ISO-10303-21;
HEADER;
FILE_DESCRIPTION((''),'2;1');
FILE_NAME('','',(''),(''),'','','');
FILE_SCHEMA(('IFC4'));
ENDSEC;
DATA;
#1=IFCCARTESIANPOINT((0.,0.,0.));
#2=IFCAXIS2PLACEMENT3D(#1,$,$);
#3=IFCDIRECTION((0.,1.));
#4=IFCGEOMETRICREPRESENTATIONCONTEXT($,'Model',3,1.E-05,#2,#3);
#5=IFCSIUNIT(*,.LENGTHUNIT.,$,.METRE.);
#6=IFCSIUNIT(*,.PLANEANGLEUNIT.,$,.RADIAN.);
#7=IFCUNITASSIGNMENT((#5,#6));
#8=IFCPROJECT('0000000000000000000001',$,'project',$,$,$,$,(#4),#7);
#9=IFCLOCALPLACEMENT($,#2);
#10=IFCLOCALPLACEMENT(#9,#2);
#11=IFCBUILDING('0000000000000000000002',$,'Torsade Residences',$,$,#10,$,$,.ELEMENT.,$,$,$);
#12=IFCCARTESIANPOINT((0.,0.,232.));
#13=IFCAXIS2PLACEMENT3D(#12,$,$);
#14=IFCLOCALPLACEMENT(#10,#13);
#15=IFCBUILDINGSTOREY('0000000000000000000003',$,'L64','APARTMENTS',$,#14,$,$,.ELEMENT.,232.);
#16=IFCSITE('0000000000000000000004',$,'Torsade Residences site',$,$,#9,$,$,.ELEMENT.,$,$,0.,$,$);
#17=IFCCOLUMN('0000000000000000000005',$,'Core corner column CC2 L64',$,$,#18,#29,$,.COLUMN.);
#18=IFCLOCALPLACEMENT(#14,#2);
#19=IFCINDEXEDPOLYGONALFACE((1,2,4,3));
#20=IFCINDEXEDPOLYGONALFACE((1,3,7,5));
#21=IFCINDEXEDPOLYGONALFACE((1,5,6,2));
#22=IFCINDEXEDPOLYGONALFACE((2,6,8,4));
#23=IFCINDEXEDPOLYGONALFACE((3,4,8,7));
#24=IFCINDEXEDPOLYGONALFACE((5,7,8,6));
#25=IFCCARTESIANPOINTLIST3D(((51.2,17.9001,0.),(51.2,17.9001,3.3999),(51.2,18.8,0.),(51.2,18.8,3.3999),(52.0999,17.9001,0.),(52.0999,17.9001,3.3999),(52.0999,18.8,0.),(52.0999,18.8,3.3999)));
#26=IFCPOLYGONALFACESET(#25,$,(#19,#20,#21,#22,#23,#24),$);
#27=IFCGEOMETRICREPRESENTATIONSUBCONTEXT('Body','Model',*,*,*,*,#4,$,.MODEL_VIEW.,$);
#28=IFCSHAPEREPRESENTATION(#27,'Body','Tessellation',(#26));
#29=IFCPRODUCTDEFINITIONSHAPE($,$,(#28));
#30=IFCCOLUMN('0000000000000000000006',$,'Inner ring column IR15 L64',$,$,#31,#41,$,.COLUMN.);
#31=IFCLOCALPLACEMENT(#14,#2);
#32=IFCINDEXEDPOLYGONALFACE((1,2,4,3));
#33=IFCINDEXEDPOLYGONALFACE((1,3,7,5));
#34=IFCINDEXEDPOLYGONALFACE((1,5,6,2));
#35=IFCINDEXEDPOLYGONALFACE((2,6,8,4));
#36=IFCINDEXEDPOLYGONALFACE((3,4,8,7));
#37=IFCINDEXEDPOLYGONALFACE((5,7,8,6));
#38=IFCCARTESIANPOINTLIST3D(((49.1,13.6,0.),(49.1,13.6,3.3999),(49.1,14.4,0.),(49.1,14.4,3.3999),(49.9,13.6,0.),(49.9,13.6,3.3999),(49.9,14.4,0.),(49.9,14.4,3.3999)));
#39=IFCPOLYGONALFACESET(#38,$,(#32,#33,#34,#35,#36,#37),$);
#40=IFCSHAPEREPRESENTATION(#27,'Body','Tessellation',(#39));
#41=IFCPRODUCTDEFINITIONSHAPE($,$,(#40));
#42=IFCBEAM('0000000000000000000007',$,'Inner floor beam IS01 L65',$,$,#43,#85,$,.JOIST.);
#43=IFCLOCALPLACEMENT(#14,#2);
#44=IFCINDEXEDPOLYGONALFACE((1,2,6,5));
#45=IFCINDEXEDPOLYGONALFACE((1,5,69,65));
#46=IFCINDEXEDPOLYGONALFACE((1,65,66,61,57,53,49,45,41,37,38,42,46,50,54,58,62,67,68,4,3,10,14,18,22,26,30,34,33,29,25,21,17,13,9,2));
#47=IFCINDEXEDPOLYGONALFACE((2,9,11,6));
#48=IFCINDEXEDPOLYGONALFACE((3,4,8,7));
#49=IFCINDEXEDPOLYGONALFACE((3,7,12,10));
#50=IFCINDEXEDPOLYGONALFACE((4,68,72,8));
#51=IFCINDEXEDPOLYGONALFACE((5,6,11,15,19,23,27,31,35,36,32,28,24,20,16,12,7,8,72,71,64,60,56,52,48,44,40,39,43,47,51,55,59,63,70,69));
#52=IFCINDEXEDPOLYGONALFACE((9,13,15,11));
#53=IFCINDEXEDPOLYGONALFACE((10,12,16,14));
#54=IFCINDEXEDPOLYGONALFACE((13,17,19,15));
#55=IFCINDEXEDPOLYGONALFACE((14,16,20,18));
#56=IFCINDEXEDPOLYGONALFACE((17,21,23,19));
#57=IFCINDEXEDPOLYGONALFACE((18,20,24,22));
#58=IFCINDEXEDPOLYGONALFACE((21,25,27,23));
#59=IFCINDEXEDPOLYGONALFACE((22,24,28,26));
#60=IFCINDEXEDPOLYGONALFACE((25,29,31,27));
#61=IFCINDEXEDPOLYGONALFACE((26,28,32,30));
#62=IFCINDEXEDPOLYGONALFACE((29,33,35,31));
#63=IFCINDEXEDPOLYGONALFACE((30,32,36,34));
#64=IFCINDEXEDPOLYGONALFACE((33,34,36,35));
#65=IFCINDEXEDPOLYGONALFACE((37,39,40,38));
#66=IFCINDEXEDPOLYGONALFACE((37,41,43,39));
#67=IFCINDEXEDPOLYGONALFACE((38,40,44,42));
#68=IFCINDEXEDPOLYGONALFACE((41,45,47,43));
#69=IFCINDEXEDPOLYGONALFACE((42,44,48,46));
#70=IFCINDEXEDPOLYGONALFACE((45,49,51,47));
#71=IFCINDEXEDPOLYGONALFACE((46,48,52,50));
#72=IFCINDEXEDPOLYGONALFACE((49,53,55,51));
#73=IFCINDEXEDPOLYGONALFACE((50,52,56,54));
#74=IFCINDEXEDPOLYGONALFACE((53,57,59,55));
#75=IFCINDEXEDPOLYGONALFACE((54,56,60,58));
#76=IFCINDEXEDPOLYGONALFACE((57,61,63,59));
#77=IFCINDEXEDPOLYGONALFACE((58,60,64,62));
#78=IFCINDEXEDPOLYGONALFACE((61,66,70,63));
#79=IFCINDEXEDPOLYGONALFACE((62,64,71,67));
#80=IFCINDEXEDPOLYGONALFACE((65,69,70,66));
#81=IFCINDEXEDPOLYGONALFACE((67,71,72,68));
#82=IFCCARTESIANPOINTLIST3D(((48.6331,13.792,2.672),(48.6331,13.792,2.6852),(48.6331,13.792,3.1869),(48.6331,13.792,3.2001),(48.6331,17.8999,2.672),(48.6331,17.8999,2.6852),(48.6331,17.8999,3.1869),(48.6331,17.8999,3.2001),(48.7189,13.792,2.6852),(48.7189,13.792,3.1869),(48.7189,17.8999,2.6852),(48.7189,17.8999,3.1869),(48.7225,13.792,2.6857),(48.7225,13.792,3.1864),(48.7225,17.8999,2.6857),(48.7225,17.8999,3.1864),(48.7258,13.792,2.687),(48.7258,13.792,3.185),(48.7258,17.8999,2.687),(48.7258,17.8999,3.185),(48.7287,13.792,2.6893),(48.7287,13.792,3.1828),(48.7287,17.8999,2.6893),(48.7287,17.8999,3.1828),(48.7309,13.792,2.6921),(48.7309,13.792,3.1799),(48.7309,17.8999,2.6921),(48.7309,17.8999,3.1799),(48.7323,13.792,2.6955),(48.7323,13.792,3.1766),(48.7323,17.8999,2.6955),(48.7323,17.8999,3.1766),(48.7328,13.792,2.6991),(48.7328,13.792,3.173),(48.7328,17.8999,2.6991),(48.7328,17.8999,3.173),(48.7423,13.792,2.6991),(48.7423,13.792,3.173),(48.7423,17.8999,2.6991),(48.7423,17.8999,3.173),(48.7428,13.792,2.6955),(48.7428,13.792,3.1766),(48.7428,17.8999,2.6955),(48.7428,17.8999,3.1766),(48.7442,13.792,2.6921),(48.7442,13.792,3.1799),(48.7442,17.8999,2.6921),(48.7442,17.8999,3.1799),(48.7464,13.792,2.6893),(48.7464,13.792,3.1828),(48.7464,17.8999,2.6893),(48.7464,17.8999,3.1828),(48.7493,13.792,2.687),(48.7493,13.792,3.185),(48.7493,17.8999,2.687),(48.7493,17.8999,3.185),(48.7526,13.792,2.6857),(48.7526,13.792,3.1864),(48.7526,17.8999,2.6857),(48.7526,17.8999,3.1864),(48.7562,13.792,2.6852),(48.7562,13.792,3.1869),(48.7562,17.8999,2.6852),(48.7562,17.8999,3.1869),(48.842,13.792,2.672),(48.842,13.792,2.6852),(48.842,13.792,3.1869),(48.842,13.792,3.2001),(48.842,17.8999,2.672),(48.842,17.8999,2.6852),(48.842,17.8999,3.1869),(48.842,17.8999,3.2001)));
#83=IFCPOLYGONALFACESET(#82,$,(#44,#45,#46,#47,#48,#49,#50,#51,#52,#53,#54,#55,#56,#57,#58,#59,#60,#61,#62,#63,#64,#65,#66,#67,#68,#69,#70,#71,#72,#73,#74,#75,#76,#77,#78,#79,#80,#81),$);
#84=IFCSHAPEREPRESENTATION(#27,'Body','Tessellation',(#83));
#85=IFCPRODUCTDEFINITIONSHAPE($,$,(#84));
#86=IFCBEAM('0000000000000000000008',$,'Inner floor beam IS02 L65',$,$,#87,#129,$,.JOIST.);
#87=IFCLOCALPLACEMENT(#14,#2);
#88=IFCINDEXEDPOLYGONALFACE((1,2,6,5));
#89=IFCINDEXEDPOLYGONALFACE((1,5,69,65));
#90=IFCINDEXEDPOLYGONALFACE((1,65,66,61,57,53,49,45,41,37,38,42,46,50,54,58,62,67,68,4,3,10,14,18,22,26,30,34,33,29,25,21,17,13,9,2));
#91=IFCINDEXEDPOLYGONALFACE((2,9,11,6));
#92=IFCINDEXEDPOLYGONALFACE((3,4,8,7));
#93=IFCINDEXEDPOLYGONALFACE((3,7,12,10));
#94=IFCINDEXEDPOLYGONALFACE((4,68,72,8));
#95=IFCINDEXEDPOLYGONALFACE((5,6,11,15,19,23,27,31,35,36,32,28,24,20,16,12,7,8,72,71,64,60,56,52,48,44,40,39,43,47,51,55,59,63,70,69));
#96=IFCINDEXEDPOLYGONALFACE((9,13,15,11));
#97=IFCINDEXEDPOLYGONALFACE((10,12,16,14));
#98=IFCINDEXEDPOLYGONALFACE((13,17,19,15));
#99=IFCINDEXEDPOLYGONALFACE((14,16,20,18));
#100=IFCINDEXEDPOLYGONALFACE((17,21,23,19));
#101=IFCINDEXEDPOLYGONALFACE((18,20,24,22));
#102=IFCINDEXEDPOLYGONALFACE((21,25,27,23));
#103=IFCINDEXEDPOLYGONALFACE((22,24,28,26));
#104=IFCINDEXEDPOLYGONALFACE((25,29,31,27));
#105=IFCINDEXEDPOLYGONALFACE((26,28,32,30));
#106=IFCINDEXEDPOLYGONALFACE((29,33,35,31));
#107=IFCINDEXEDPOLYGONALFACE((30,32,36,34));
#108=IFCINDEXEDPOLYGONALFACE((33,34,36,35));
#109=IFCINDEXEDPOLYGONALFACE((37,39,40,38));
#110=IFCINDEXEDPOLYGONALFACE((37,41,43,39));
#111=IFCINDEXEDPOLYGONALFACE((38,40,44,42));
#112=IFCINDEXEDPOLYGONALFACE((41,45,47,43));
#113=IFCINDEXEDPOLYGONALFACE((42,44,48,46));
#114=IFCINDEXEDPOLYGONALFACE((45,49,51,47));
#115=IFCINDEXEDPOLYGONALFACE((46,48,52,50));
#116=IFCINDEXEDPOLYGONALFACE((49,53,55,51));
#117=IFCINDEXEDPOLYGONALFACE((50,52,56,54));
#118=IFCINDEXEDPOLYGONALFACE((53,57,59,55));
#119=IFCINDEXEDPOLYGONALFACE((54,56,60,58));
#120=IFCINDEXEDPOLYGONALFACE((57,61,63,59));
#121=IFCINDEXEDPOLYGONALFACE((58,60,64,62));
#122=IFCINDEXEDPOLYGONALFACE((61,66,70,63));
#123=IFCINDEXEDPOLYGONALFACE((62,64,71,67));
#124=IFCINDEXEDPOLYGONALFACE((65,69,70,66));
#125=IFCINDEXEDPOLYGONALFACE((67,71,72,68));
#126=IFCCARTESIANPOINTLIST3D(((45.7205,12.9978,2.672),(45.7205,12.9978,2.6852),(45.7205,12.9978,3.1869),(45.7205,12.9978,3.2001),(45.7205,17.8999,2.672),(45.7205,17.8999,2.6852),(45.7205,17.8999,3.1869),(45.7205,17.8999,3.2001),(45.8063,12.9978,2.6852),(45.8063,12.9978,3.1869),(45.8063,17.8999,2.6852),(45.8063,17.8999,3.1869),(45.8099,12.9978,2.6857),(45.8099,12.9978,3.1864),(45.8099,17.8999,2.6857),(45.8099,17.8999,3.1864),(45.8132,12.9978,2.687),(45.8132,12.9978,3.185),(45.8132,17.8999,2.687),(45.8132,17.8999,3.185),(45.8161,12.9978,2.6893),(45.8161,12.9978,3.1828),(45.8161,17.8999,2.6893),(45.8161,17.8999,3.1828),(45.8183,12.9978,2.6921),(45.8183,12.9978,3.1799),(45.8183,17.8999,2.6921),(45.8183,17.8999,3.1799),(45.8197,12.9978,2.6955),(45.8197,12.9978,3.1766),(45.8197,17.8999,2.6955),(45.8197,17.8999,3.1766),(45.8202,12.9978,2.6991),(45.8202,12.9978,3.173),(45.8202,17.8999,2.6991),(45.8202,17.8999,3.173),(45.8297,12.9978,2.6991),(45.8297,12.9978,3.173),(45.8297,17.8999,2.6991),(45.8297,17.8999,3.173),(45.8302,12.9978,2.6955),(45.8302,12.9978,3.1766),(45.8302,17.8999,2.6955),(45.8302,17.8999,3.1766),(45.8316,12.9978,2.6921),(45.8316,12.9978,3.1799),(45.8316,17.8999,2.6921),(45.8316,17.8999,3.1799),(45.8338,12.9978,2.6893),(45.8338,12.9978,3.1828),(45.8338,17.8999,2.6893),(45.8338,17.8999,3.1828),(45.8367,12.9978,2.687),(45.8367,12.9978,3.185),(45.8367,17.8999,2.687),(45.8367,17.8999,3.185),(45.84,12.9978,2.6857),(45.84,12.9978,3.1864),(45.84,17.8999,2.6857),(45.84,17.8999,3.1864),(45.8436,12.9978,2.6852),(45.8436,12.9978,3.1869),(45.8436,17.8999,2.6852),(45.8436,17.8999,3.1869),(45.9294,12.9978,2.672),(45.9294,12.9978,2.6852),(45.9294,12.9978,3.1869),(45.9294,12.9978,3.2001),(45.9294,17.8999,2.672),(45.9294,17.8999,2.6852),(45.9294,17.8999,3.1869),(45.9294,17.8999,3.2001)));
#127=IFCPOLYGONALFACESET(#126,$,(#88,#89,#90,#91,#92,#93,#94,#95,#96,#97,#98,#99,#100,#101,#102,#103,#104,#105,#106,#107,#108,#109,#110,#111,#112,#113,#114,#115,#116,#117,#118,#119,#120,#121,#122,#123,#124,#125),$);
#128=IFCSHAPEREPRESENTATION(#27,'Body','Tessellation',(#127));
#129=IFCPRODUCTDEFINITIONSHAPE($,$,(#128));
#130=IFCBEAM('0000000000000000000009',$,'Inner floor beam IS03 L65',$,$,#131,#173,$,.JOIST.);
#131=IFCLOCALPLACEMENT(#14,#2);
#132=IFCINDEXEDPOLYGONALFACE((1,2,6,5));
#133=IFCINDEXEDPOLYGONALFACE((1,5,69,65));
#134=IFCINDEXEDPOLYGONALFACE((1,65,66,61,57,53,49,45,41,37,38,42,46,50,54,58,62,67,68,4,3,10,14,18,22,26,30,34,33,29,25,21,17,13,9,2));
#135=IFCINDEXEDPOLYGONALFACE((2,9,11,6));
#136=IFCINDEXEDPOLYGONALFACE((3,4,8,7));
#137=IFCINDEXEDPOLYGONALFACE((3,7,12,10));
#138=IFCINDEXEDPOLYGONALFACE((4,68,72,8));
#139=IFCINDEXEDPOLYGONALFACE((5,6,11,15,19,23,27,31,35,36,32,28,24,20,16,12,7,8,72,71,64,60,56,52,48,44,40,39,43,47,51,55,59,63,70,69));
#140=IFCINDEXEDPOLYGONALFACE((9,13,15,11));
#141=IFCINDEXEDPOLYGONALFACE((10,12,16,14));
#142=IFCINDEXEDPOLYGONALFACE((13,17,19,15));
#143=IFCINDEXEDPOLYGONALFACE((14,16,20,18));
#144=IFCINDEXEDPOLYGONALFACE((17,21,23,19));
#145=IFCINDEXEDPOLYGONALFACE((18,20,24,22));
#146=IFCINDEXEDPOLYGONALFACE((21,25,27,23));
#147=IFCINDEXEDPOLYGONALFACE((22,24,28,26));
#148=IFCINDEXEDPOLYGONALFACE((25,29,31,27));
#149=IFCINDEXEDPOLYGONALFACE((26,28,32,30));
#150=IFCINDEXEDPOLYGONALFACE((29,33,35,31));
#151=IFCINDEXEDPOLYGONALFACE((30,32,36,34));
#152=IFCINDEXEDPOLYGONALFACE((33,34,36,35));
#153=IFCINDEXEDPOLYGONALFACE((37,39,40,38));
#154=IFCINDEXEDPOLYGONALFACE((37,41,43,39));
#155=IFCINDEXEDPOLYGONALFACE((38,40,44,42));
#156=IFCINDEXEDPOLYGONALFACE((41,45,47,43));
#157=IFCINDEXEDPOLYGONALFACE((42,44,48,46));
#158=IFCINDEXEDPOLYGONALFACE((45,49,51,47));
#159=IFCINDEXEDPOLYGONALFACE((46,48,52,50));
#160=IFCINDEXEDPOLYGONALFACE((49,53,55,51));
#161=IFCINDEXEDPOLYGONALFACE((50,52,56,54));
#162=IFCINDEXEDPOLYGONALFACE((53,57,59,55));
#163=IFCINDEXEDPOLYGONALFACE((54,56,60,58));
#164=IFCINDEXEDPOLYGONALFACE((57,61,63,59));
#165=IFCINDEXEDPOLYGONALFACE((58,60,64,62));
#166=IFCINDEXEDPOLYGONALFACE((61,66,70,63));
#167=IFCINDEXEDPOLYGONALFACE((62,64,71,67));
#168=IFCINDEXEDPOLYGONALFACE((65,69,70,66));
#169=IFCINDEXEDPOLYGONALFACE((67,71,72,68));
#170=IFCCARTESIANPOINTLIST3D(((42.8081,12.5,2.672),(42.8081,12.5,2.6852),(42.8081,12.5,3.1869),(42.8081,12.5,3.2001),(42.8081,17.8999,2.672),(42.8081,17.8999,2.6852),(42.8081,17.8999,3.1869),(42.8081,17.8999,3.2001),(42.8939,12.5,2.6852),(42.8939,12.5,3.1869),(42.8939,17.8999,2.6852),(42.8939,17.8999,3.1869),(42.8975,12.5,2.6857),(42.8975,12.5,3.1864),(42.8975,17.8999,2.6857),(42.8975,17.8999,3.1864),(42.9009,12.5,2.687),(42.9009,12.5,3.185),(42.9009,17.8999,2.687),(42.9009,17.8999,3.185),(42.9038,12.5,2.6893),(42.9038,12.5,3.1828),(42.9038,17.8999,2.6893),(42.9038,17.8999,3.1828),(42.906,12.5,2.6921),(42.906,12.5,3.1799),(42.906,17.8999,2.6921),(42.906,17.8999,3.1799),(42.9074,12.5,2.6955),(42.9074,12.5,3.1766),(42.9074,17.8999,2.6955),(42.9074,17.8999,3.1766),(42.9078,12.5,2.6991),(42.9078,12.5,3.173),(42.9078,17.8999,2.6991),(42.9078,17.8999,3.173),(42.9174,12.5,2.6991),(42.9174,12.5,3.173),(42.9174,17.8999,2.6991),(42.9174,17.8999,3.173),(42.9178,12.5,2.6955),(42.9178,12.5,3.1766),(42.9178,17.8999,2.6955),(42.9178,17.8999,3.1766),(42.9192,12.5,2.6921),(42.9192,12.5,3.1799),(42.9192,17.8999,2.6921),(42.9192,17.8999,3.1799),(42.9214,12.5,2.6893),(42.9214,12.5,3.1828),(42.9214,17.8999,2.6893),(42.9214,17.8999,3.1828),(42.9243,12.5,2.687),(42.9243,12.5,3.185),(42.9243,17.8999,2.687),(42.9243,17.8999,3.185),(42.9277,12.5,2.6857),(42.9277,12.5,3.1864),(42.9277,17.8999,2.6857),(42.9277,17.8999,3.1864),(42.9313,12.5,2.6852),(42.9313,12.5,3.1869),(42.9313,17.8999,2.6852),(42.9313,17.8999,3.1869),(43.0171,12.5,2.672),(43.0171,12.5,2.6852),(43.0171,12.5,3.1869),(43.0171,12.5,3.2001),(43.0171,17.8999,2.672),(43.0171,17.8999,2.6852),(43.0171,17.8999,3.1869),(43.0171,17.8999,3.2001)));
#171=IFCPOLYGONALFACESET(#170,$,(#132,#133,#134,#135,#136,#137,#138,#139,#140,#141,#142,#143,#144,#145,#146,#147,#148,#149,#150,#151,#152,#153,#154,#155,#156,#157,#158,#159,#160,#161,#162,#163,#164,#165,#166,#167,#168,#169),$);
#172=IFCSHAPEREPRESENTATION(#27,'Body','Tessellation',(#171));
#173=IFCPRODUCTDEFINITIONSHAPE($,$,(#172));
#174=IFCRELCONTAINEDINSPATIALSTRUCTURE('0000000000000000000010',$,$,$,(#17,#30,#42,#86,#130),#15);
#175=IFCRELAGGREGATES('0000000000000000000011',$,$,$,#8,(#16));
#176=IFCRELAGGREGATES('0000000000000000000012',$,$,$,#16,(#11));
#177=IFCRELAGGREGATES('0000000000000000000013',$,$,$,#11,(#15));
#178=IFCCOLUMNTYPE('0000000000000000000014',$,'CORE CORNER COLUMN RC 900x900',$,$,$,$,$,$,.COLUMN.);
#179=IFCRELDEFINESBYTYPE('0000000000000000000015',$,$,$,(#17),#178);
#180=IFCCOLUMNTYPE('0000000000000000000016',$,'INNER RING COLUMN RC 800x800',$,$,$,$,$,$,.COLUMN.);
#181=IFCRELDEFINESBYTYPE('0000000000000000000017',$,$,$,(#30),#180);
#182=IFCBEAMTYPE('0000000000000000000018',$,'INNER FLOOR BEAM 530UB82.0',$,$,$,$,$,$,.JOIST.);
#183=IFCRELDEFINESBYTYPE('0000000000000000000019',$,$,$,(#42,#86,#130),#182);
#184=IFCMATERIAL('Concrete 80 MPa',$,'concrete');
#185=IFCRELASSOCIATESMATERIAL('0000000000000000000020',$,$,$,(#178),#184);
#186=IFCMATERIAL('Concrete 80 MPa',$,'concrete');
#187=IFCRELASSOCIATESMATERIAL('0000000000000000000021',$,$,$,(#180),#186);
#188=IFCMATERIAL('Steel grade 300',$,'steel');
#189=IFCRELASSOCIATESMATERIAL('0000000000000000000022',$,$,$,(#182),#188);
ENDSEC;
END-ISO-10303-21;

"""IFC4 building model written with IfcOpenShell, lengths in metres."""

from ifc_helpers import new_model, si_unit, direction, frame, origin, origin_2d, place, context, subcontext, project, spatial, rectangle, i_section, extrude, material, material_profile, profile_set, type_object, element, save


model = new_model("IFC4")

# Units and contexts
model_context = context("Model", 3, precision=1e-05, world=origin(), true_north=direction((0.0, 1.0)))
body_context = subcontext(model_context, "Body", "Model", "MODEL_VIEW")
ifc_project = project(units=[si_unit("LENGTHUNIT", "METRE"), si_unit("PLANEANGLEUNIT", "RADIAN")], contexts=[model_context])

# Site, building, storey
site_placement = place(None, origin())
site = spatial("IfcSite", under=ifc_project, at=site_placement, Name="Torsade Residences site", CompositionType="ELEMENT", RefElevation=0.0)
building_placement = place(site_placement, origin())
building = spatial("IfcBuilding", under=site, at=building_placement, Name="Torsade Residences", CompositionType="ELEMENT")
storey_placement = place(building_placement, frame((0.0, 0.0, 232.0)))
storey = spatial("IfcBuildingStorey", under=building, at=storey_placement, Name="L64", Description="APARTMENTS", CompositionType="ELEMENT", Elevation=232.0)

# Columns
ifc_material_1 = material(Name="Concrete 80 MPa", Category="concrete")
ifc_material_profile_1 = material_profile(ifc_material_1, rectangle(XDim=0.8999, YDim=0.8999, at=origin_2d()), Name="RC 900x900")
ifc_profile_set_1 = profile_set([ifc_material_profile_1], Name="Concrete 80 MPa")
column_type_1 = type_object("IfcColumnType", Name="CORE CORNER COLUMN RC 900x900", PredefinedType="COLUMN", material=ifc_profile_set_1)
column_1_placement = place(storey_placement, frame((51.6499, 18.3501, 0.0), z_axis=(0.0, 0.0, 1.0), x_axis=(1.0, 0.0, 0.0)))
element("IfcColumn", 1, at=column_1_placement, inside=storey, type_object=column_type_1, Name="Core corner column CC2 L64", PredefinedType="COLUMN", context=body_context, shape_type="SweptSolid", body=[
    extrude(rectangle(XDim=0.8999, YDim=0.8999, at=origin_2d()), origin(), (0.0, 0.0, 1.0), 3.3999),
])
ifc_material_2 = material(Name="Concrete 80 MPa", Category="concrete")
ifc_material_profile_2 = material_profile(ifc_material_2, rectangle(XDim=0.8, YDim=0.8, at=origin_2d()), Name="RC 800x800")
ifc_profile_set_2 = profile_set([ifc_material_profile_2], Name="Concrete 80 MPa")
column_type_2 = type_object("IfcColumnType", Name="INNER RING COLUMN RC 800x800", PredefinedType="COLUMN", material=ifc_profile_set_2)
column_2_placement = place(storey_placement, frame((49.5, 14.0, 0.0), z_axis=(0.0, 0.0, 1.0), x_axis=(1.0, 0.0, 0.0)))
element("IfcColumn", 2, at=column_2_placement, inside=storey, type_object=column_type_2, Name="Inner ring column IR15 L64", PredefinedType="COLUMN", context=body_context, shape_type="SweptSolid", body=[
    extrude(rectangle(XDim=0.8, YDim=0.8, at=origin_2d()), origin(), (0.0, 0.0, 1.0), 3.3999),
])

# Beams
ifc_material_3 = material(Name="Steel grade 300", Category="steel")
ifc_material_profile_3 = material_profile(ifc_material_3, i_section(OverallWidth=0.209, OverallDepth=0.5281, WebThickness=0.0095, FlangeThickness=0.0132, FilletRadius=0.0139, at=origin_2d()), Name="530UB82.0")
ifc_profile_set_3 = profile_set([ifc_material_profile_3], Name="Steel grade 300")
beam_type_1 = type_object("IfcBeamType", Name="INNER FLOOR BEAM 530UB82.0", PredefinedType="JOIST", material=ifc_profile_set_3)
beam_1_placement = place(storey_placement, frame((48.7375, 17.8999, 2.936), z_axis=(0.0, -1.0, 0.0), x_axis=(1.0, 0.0, 0.0)))
element("IfcBeam", 3, at=beam_1_placement, inside=storey, type_object=beam_type_1, Name="Inner floor beam IS01 L65", PredefinedType="JOIST", context=body_context, shape_type="SweptSolid", body=[
    extrude(i_section(OverallWidth=0.209, OverallDepth=0.5281, WebThickness=0.0095, FlangeThickness=0.0132, FilletRadius=0.0139, at=origin_2d()), origin(), (0.0, 0.0, 1.0), 4.1079),
])
beam_2_placement = place(storey_placement, frame((45.825, 17.8999, 2.936), z_axis=(0.0, -1.0, 0.0), x_axis=(1.0, 0.0, 0.0)))
element("IfcBeam", 4, at=beam_2_placement, inside=storey, type_object=beam_type_1, Name="Inner floor beam IS02 L65", PredefinedType="JOIST", context=body_context, shape_type="SweptSolid", body=[
    extrude(i_section(OverallWidth=0.209, OverallDepth=0.5281, WebThickness=0.0095, FlangeThickness=0.0132, FilletRadius=0.0139, at=origin_2d()), origin(), (0.0, 0.0, 1.0), 4.9021),
])
for number, where, z_axis, x_axis, name in (
    (5, (42.9126, 17.8999, 2.936), (0.0, -1.0, 0.0), (1.0, 0.0, 0.0), "Inner floor beam IS03 L65"),
):
    element("IfcBeam", number, at=place(storey_placement, frame(where, z_axis=z_axis, x_axis=x_axis)), inside=storey, type_object=beam_type_1, Name=name, PredefinedType="JOIST", context=body_context, shape_type="SweptSolid", body=[
        extrude(i_section(OverallWidth=0.209, OverallDepth=0.5281, WebThickness=0.0095, FlangeThickness=0.0132, FilletRadius=0.0139, at=origin_2d()), origin(), (0.0, 0.0, 1.0), 5.3999),
    ])

save(model, "model.ifc")
